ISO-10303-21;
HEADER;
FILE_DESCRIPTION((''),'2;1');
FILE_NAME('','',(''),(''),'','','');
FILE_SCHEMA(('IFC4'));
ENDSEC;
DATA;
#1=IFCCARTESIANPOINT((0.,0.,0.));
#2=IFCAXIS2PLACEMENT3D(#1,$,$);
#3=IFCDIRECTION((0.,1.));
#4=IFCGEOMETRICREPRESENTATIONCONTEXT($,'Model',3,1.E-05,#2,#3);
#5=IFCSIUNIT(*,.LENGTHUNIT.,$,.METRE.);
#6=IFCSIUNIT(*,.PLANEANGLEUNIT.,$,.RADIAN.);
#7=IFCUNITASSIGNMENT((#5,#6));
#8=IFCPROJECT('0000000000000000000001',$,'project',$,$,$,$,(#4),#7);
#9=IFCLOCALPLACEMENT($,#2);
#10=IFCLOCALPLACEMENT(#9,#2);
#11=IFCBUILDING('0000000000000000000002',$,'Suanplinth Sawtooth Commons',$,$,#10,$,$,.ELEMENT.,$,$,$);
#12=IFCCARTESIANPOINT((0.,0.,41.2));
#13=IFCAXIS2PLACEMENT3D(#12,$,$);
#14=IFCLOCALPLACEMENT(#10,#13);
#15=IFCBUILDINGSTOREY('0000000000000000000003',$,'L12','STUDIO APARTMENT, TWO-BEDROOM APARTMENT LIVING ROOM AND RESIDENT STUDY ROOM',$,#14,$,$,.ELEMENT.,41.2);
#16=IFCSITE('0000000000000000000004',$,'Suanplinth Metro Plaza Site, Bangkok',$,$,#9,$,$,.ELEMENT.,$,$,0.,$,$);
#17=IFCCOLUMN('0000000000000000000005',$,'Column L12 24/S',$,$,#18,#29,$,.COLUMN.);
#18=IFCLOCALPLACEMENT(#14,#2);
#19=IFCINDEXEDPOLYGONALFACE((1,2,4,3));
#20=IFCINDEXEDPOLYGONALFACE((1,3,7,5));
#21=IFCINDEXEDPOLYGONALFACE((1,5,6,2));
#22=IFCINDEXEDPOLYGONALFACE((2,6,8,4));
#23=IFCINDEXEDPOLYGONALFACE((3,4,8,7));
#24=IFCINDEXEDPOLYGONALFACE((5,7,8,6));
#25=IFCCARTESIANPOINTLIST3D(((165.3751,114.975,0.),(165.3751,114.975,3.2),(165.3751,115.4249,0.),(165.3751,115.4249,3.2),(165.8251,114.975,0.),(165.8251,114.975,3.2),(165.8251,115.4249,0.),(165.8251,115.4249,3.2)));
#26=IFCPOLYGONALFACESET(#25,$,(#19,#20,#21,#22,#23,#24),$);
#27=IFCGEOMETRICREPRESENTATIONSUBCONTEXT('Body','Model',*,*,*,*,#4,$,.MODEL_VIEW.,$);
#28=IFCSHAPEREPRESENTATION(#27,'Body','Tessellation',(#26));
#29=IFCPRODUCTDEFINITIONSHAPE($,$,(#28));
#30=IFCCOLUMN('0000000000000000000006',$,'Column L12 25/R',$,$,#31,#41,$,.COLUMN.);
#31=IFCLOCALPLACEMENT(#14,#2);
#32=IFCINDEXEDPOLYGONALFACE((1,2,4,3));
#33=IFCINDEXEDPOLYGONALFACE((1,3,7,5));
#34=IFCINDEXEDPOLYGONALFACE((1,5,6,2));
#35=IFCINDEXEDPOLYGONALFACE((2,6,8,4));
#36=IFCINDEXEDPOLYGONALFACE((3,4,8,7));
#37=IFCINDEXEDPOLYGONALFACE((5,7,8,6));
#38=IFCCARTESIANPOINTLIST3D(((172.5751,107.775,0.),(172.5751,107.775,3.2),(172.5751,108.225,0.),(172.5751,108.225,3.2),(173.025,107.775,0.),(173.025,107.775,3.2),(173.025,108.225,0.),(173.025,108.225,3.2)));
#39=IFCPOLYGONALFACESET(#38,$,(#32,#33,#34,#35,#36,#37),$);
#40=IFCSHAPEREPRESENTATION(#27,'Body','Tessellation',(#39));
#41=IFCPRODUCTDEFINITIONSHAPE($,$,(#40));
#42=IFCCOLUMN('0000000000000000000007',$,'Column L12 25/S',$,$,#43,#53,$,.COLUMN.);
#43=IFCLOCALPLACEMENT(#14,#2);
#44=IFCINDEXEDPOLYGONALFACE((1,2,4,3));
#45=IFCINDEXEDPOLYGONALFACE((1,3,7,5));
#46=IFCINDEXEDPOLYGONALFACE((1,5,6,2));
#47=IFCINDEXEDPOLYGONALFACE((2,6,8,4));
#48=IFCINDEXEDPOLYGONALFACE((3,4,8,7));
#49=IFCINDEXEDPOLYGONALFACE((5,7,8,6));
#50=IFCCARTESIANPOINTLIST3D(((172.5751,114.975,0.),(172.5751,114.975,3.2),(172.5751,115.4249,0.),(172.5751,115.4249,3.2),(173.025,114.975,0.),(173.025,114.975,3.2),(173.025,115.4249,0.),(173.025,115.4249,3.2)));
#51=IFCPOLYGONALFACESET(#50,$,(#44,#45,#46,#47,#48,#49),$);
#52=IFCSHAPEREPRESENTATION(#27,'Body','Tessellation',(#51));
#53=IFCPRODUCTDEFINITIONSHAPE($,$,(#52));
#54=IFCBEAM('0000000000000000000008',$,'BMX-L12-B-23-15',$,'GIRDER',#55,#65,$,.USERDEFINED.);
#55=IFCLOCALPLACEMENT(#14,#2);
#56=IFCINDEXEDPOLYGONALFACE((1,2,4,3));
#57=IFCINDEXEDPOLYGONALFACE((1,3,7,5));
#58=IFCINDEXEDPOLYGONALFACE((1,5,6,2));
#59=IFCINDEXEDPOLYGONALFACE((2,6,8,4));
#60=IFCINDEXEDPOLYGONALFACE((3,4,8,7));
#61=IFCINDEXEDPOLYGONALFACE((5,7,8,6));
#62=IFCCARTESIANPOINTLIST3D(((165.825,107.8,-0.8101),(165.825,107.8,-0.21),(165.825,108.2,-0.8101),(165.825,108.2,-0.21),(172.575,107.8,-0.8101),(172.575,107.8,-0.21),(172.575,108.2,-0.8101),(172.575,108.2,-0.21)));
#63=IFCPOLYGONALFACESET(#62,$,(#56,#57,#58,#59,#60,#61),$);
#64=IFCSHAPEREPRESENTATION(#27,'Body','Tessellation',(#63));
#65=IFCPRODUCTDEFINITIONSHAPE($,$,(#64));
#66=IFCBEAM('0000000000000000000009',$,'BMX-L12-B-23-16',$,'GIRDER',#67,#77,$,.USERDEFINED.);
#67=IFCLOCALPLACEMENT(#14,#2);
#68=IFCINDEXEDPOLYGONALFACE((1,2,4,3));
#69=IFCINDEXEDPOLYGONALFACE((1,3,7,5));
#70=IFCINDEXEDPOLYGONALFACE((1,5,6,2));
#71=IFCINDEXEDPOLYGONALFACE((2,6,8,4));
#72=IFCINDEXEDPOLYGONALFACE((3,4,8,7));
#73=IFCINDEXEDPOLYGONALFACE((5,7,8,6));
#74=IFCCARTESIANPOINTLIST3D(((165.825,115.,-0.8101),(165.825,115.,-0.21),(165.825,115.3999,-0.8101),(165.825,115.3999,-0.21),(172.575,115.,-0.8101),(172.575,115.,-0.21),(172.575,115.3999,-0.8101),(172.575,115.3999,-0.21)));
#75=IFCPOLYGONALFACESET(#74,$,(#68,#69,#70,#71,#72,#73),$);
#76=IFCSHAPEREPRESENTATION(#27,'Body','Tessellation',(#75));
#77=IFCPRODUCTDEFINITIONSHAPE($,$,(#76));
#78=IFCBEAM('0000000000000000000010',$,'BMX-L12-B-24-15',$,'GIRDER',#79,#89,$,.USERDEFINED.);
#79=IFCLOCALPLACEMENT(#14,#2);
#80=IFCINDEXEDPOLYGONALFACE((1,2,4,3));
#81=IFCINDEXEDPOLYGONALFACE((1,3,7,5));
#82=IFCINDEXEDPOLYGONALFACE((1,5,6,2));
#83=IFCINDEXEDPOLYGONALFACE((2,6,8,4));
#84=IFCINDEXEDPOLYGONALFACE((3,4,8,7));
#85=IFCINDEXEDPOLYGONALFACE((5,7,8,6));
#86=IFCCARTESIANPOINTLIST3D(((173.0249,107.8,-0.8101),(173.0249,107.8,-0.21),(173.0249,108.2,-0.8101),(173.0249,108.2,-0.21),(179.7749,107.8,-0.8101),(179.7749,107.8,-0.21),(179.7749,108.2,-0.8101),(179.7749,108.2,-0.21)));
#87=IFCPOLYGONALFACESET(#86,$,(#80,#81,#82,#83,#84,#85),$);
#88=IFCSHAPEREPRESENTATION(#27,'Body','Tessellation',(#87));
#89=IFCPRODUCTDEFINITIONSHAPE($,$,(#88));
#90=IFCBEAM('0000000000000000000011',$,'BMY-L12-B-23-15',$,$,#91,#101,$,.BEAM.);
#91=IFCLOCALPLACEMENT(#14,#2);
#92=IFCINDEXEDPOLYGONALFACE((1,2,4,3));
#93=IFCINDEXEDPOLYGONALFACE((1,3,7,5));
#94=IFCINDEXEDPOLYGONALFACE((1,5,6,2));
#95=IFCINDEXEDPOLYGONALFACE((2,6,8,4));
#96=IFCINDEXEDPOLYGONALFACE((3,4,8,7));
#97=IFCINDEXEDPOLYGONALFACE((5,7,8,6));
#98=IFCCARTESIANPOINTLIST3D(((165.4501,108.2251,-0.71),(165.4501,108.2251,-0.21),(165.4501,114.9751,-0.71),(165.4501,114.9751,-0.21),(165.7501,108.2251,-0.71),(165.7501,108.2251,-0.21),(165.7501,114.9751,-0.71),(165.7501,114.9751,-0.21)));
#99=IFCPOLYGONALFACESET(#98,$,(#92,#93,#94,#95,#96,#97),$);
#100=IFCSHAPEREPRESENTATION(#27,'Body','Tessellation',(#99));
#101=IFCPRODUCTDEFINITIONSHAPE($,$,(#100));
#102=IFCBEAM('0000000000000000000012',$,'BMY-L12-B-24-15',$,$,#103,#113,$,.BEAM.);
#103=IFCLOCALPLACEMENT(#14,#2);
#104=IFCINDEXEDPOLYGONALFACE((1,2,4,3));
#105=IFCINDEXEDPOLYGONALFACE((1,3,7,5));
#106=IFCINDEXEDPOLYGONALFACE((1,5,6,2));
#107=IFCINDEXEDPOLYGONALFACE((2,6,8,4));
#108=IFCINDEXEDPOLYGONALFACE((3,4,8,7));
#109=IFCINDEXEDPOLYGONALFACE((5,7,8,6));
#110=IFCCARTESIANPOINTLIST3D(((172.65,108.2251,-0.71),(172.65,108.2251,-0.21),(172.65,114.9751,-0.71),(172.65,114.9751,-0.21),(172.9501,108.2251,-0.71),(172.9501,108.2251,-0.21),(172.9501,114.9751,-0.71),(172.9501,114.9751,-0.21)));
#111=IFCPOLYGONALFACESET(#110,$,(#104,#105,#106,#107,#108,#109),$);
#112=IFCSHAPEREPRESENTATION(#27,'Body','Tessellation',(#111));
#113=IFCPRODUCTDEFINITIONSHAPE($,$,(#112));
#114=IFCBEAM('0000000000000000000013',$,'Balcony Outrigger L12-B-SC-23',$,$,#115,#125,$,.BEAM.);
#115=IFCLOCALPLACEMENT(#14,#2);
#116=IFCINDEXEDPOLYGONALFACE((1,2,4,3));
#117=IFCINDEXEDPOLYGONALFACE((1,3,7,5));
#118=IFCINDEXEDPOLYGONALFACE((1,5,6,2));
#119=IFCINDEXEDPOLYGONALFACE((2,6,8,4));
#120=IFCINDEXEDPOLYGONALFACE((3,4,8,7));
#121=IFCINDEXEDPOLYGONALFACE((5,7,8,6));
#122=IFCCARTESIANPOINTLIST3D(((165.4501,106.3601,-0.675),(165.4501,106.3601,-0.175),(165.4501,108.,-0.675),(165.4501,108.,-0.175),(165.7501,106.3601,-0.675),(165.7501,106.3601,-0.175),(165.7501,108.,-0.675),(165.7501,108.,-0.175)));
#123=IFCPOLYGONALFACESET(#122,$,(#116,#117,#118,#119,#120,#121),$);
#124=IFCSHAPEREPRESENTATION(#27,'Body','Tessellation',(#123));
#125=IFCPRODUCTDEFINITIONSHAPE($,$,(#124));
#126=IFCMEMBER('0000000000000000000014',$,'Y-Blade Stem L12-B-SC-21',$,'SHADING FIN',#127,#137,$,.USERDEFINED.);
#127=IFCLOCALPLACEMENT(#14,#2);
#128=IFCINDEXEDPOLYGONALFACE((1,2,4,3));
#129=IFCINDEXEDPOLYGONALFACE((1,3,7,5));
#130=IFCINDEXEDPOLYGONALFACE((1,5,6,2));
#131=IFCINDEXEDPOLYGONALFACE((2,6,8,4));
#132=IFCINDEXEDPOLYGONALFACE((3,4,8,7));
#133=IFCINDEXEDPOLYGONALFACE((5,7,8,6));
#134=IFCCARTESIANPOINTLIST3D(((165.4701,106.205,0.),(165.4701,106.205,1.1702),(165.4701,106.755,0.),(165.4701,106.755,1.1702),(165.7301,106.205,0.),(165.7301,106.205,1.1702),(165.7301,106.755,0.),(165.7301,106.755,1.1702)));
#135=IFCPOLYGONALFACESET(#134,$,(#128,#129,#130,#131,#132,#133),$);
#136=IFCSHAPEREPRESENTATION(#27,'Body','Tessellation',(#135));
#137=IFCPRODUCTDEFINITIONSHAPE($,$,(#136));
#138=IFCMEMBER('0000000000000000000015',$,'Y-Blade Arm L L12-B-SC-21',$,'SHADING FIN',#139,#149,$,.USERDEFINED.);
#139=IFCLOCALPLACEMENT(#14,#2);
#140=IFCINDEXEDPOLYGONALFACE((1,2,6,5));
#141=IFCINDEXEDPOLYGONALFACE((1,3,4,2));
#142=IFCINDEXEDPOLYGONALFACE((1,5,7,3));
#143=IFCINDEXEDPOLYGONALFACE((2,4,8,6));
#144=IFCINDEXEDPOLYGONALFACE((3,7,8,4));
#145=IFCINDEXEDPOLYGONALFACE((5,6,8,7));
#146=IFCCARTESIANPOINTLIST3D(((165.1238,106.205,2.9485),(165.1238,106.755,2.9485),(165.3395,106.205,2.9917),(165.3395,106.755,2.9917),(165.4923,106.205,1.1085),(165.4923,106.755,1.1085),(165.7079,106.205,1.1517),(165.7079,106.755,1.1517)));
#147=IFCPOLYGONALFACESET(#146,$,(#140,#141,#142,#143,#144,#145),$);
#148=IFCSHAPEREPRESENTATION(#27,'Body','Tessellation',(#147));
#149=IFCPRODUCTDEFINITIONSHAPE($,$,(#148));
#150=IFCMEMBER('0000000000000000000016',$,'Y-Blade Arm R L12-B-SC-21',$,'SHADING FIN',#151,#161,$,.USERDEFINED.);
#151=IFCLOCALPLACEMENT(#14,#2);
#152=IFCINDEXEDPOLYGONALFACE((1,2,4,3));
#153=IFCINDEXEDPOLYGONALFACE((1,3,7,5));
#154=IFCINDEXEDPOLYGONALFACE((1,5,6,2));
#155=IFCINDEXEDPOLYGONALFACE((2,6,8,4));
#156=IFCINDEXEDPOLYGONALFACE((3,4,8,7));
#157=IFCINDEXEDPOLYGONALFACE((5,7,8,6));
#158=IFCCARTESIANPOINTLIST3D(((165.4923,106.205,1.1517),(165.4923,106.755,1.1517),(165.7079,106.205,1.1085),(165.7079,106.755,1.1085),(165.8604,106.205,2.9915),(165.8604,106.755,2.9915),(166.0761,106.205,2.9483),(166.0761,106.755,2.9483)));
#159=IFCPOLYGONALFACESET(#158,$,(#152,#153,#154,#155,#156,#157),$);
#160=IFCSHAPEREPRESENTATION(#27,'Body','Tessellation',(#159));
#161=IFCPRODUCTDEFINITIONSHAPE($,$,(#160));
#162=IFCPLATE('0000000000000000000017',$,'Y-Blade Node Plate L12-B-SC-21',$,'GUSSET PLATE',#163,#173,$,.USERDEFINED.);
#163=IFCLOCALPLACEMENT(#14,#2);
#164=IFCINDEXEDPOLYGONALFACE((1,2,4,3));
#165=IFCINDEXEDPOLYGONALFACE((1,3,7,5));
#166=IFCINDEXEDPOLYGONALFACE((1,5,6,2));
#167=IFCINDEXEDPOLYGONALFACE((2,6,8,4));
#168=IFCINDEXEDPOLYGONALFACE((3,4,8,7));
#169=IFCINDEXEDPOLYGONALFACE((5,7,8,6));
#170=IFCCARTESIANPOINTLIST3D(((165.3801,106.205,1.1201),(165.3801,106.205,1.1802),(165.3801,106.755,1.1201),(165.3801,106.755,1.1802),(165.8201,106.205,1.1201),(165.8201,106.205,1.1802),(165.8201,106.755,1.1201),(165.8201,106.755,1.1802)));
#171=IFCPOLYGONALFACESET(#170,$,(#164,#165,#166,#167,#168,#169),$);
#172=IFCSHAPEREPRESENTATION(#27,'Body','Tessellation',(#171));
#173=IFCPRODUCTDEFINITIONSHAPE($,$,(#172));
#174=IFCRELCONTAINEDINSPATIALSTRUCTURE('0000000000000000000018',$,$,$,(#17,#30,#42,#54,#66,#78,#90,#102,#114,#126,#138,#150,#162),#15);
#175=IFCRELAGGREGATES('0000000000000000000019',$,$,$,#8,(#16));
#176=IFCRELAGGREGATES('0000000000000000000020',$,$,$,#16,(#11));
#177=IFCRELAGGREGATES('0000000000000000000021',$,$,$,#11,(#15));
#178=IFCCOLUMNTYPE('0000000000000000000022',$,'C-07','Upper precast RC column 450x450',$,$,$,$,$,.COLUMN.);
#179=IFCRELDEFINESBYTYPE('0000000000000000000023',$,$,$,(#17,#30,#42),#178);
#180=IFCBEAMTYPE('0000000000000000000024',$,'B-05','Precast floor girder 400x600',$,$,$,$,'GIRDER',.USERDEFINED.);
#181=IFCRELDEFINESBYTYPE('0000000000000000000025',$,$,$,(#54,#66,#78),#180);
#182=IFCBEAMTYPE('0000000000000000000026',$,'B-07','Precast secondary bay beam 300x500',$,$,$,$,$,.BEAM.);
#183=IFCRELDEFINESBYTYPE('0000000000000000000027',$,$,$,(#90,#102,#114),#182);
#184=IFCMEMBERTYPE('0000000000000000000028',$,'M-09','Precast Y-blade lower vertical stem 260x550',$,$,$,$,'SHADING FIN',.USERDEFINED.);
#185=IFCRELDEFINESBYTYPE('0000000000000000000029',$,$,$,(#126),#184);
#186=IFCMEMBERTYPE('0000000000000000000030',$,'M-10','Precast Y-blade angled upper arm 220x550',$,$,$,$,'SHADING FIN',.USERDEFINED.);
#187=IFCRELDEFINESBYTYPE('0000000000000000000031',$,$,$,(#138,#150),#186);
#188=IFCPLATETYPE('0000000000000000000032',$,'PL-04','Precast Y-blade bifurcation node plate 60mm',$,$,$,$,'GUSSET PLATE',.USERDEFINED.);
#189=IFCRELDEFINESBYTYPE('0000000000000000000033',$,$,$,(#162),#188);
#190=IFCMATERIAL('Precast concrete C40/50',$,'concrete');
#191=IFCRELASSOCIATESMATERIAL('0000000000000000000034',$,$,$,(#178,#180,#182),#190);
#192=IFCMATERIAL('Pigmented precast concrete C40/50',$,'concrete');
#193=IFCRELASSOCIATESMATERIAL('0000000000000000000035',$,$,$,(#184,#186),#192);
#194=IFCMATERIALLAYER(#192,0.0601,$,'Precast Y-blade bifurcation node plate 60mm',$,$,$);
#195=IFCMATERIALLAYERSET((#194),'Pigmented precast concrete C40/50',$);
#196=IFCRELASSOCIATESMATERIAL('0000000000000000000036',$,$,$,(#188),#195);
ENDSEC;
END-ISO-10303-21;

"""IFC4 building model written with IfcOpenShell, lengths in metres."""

from ifc_helpers import new_model, si_unit, direction, frame, origin, origin_2d, place, context, subcontext, project, spatial, rectangle, extrude, material, layer, layer_set, material_profile, profile_set, type_object, element, save


model = new_model("IFC4")

# Units and contexts
model_context = context("Model", 3, precision=1e-05, world=origin(), true_north=direction((0.0, 1.0)))
body_context = subcontext(model_context, "Body", "Model", "MODEL_VIEW")
ifc_project = project(units=[si_unit("LENGTHUNIT", "METRE"), si_unit("PLANEANGLEUNIT", "RADIAN")], contexts=[model_context])

# Site, building, storey
site_placement = place(None, origin())
site = spatial("IfcSite", under=ifc_project, at=site_placement, Name="Suanplinth Metro Plaza Site, Bangkok", CompositionType="ELEMENT", RefElevation=0.0)
building_placement = place(site_placement, origin())
building = spatial("IfcBuilding", under=site, at=building_placement, Name="Suanplinth Sawtooth Commons", CompositionType="ELEMENT")
storey_placement = place(building_placement, frame((0.0, 0.0, 41.2)))
storey = spatial("IfcBuildingStorey", under=building, at=storey_placement, Name="L12", Description="STUDIO APARTMENT, TWO-BEDROOM APARTMENT LIVING ROOM AND RESIDENT STUDY ROOM", CompositionType="ELEMENT", Elevation=41.2)

# Columns
ifc_material_1 = material(Name="Precast concrete C40/50", Category="concrete")
ifc_material_profile_1 = material_profile(ifc_material_1, rectangle(XDim=0.45, YDim=0.45, at=origin_2d()), Name="PC-COL 450x450")
ifc_profile_set_1 = profile_set([ifc_material_profile_1], Name="Precast concrete C40/50")
column_type = type_object("IfcColumnType", Name="C-07", Description="Upper precast RC column 450x450", PredefinedType="COLUMN", material=ifc_profile_set_1)
for number, where, z_axis, x_axis, name in (
    (1, (165.6001, 115.2, 0.0), (0.0, 0.0, 1.0), (1.0, 0.0, 0.0), "Column L12 24/S"),
    (2, (172.8, 108.0, 0.0), (0.0, 0.0, 1.0), (1.0, 0.0, 0.0), "Column L12 25/R"),
    (3, (172.8, 115.2, 0.0), (0.0, 0.0, 1.0), (1.0, 0.0, 0.0), "Column L12 25/S"),
):
    element("IfcColumn", number, at=place(storey_placement, frame(where, z_axis=z_axis, x_axis=x_axis)), inside=storey, type_object=column_type, Name=name, PredefinedType="COLUMN", context=body_context, shape_type="SweptSolid", body=[
        extrude(rectangle(XDim=0.45, YDim=0.45, at=origin_2d()), origin(), (0.0, 0.0, 1.0), 3.2),
    ])

# Beams
ifc_material_profile_2 = material_profile(ifc_material_1, rectangle(XDim=0.3999, YDim=0.6001, at=origin_2d()), Name="PC-GDR 400x600")
ifc_profile_set_2 = profile_set([ifc_material_profile_2], Name="Precast concrete C40/50")
beam_type_1 = type_object("IfcBeamType", Name="B-05", Description="Precast floor girder 400x600", ElementType="GIRDER", PredefinedType="USERDEFINED", material=ifc_profile_set_2)
for number, where, z_axis, x_axis, name in (
    (4, (165.825, 108.0, -0.51), (1.0, 0.0, 0.0), (0.0, 1.0, 0.0), "BMX-L12-B-23-15"),
    (5, (165.825, 115.2, -0.51), (1.0, 0.0, 0.0), (0.0, 1.0, 0.0), "BMX-L12-B-23-16"),
    (6, (173.0249, 108.0, -0.51), (1.0, 0.0, 0.0), (0.0, 1.0, 0.0), "BMX-L12-B-24-15"),
):
    element("IfcBeam", number, at=place(storey_placement, frame(where, z_axis=z_axis, x_axis=x_axis)), inside=storey, type_object=beam_type_1, Name=name, ObjectType="GIRDER", PredefinedType="USERDEFINED", context=body_context, shape_type="SweptSolid", body=[
        extrude(rectangle(XDim=0.3999, YDim=0.6001, at=origin_2d()), origin(), (0.0, 0.0, 1.0), 6.75),
    ])
ifc_material_profile_3 = material_profile(ifc_material_1, rectangle(XDim=0.3, YDim=0.5, at=origin_2d()), Name="PC-BM 300x500")
ifc_profile_set_3 = profile_set([ifc_material_profile_3], Name="Precast concrete C40/50")
beam_type_2 = type_object("IfcBeamType", Name="B-07", Description="Precast secondary bay beam 300x500", PredefinedType="BEAM", material=ifc_profile_set_3)
for number, where, z_axis, x_axis, name in (
    (7, (165.6001, 108.2251, -0.46), (0.0, 1.0, 0.0), (-1.0, 0.0, 0.0), "BMY-L12-B-23-15"),
    (8, (172.8, 108.2251, -0.46), (0.0, 1.0, 0.0), (-1.0, 0.0, 0.0), "BMY-L12-B-24-15"),
):
    element("IfcBeam", number, at=place(storey_placement, frame(where, z_axis=z_axis, x_axis=x_axis)), inside=storey, type_object=beam_type_2, Name=name, PredefinedType="BEAM", context=body_context, shape_type="SweptSolid", body=[
        extrude(rectangle(XDim=0.3, YDim=0.5, at=origin_2d()), origin(), (0.0, 0.0, 1.0), 6.75),
    ])
beam_placement = place(storey_placement, frame((165.6001, 108.0, -0.425), z_axis=(0.0, -1.0, 0.0), x_axis=(1.0, 0.0, 0.0)))
element("IfcBeam", 9, at=beam_placement, inside=storey, type_object=beam_type_2, Name="Balcony Outrigger L12-B-SC-23", PredefinedType="BEAM", context=body_context, shape_type="SweptSolid", body=[
    extrude(rectangle(XDim=0.3, YDim=0.5, at=origin_2d()), origin(), (0.0, 0.0, 1.0), 1.6399),
])

# Members
ifc_material_2 = material(Name="Pigmented precast concrete C40/50", Category="concrete")
ifc_material_profile_4 = material_profile(ifc_material_2, rectangle(XDim=0.26, YDim=0.55, at=origin_2d()), Name="PC-FIN 260x550")
ifc_profile_set_4 = profile_set([ifc_material_profile_4], Name="Pigmented precast concrete C40/50")
member_type_1 = type_object("IfcMemberType", Name="M-09", Description="Precast Y-blade lower vertical stem 260x550", ElementType="SHADING FIN", PredefinedType="USERDEFINED", material=ifc_profile_set_4)
member_1_placement = place(storey_placement, frame((165.6001, 106.48, 0.0), z_axis=(0.0, 0.0, 1.0), x_axis=(1.0, 0.0, 0.0)))
element("IfcMember", 10, at=member_1_placement, inside=storey, type_object=member_type_1, Name="Y-Blade Stem L12-B-SC-21", ObjectType="SHADING FIN", PredefinedType="USERDEFINED", context=body_context, shape_type="SweptSolid", body=[
    extrude(rectangle(XDim=0.26, YDim=0.55, at=origin_2d()), origin(), (0.0, 0.0, 1.0), 1.1702),
])
ifc_material_profile_5 = material_profile(ifc_material_2, rectangle(XDim=0.22, YDim=0.55, at=origin_2d()), Name="PC-FIN 220x550")
ifc_profile_set_5 = profile_set([ifc_material_profile_5], Name="Pigmented precast concrete C40/50")
member_type_2 = type_object("IfcMemberType", Name="M-10", Description="Precast Y-blade angled upper arm 220x550", ElementType="SHADING FIN", PredefinedType="USERDEFINED", material=ifc_profile_set_5)
member_2_placement = place(storey_placement, frame((165.6001, 106.48, 1.1301), z_axis=(-0.196341, 0.0, 0.980536), x_axis=(0.980536, 0.0, 0.196341)))
element("IfcMember", 11, at=member_2_placement, inside=storey, type_object=member_type_2, Name="Y-Blade Arm L L12-B-SC-21", ObjectType="SHADING FIN", PredefinedType="USERDEFINED", context=body_context, shape_type="SweptSolid", body=[
    extrude(rectangle(XDim=0.22, YDim=0.55, at=origin_2d()), origin(), (0.0, 0.0, 1.0), 1.8765),
])
member_3_placement = place(storey_placement, frame((165.6001, 106.48, 1.1301), z_axis=(0.196216, 0.0, 0.980561), x_axis=(-0.980561, 0.0, 0.196216)))
element("IfcMember", 12, at=member_3_placement, inside=storey, type_object=member_type_2, Name="Y-Blade Arm R L12-B-SC-21", ObjectType="SHADING FIN", PredefinedType="USERDEFINED", context=body_context, shape_type="SweptSolid", body=[
    extrude(rectangle(XDim=0.22, YDim=0.55, at=origin_2d()), origin(), (0.0, 0.0, 1.0), 1.8762),
])

# Plate
ifc_layer_1 = layer(ifc_material_2, 0.0601, Name="Precast Y-blade bifurcation node plate 60mm")
ifc_layer_set_1 = layer_set([ifc_layer_1], Name="Pigmented precast concrete C40/50")
plate_type = type_object("IfcPlateType", Name="PL-04", Description="Precast Y-blade bifurcation node plate 60mm", ElementType="GUSSET PLATE", PredefinedType="USERDEFINED", material=ifc_layer_set_1)
plate_placement = place(storey_placement, frame((165.6001, 106.48, 1.1201), z_axis=(0.0, 0.0, 1.0), x_axis=(1.0, 0.0, 0.0)))
element("IfcPlate", 13, at=plate_placement, inside=storey, type_object=plate_type, Name="Y-Blade Node Plate L12-B-SC-21", ObjectType="GUSSET PLATE", PredefinedType="USERDEFINED", context=body_context, shape_type="SweptSolid", body=[
    extrude(rectangle(XDim=0.4399, YDim=0.55, at=origin_2d()), origin(), (0.0, 0.0, 1.0), 0.0601),
])

save(model, "model.ifc")
